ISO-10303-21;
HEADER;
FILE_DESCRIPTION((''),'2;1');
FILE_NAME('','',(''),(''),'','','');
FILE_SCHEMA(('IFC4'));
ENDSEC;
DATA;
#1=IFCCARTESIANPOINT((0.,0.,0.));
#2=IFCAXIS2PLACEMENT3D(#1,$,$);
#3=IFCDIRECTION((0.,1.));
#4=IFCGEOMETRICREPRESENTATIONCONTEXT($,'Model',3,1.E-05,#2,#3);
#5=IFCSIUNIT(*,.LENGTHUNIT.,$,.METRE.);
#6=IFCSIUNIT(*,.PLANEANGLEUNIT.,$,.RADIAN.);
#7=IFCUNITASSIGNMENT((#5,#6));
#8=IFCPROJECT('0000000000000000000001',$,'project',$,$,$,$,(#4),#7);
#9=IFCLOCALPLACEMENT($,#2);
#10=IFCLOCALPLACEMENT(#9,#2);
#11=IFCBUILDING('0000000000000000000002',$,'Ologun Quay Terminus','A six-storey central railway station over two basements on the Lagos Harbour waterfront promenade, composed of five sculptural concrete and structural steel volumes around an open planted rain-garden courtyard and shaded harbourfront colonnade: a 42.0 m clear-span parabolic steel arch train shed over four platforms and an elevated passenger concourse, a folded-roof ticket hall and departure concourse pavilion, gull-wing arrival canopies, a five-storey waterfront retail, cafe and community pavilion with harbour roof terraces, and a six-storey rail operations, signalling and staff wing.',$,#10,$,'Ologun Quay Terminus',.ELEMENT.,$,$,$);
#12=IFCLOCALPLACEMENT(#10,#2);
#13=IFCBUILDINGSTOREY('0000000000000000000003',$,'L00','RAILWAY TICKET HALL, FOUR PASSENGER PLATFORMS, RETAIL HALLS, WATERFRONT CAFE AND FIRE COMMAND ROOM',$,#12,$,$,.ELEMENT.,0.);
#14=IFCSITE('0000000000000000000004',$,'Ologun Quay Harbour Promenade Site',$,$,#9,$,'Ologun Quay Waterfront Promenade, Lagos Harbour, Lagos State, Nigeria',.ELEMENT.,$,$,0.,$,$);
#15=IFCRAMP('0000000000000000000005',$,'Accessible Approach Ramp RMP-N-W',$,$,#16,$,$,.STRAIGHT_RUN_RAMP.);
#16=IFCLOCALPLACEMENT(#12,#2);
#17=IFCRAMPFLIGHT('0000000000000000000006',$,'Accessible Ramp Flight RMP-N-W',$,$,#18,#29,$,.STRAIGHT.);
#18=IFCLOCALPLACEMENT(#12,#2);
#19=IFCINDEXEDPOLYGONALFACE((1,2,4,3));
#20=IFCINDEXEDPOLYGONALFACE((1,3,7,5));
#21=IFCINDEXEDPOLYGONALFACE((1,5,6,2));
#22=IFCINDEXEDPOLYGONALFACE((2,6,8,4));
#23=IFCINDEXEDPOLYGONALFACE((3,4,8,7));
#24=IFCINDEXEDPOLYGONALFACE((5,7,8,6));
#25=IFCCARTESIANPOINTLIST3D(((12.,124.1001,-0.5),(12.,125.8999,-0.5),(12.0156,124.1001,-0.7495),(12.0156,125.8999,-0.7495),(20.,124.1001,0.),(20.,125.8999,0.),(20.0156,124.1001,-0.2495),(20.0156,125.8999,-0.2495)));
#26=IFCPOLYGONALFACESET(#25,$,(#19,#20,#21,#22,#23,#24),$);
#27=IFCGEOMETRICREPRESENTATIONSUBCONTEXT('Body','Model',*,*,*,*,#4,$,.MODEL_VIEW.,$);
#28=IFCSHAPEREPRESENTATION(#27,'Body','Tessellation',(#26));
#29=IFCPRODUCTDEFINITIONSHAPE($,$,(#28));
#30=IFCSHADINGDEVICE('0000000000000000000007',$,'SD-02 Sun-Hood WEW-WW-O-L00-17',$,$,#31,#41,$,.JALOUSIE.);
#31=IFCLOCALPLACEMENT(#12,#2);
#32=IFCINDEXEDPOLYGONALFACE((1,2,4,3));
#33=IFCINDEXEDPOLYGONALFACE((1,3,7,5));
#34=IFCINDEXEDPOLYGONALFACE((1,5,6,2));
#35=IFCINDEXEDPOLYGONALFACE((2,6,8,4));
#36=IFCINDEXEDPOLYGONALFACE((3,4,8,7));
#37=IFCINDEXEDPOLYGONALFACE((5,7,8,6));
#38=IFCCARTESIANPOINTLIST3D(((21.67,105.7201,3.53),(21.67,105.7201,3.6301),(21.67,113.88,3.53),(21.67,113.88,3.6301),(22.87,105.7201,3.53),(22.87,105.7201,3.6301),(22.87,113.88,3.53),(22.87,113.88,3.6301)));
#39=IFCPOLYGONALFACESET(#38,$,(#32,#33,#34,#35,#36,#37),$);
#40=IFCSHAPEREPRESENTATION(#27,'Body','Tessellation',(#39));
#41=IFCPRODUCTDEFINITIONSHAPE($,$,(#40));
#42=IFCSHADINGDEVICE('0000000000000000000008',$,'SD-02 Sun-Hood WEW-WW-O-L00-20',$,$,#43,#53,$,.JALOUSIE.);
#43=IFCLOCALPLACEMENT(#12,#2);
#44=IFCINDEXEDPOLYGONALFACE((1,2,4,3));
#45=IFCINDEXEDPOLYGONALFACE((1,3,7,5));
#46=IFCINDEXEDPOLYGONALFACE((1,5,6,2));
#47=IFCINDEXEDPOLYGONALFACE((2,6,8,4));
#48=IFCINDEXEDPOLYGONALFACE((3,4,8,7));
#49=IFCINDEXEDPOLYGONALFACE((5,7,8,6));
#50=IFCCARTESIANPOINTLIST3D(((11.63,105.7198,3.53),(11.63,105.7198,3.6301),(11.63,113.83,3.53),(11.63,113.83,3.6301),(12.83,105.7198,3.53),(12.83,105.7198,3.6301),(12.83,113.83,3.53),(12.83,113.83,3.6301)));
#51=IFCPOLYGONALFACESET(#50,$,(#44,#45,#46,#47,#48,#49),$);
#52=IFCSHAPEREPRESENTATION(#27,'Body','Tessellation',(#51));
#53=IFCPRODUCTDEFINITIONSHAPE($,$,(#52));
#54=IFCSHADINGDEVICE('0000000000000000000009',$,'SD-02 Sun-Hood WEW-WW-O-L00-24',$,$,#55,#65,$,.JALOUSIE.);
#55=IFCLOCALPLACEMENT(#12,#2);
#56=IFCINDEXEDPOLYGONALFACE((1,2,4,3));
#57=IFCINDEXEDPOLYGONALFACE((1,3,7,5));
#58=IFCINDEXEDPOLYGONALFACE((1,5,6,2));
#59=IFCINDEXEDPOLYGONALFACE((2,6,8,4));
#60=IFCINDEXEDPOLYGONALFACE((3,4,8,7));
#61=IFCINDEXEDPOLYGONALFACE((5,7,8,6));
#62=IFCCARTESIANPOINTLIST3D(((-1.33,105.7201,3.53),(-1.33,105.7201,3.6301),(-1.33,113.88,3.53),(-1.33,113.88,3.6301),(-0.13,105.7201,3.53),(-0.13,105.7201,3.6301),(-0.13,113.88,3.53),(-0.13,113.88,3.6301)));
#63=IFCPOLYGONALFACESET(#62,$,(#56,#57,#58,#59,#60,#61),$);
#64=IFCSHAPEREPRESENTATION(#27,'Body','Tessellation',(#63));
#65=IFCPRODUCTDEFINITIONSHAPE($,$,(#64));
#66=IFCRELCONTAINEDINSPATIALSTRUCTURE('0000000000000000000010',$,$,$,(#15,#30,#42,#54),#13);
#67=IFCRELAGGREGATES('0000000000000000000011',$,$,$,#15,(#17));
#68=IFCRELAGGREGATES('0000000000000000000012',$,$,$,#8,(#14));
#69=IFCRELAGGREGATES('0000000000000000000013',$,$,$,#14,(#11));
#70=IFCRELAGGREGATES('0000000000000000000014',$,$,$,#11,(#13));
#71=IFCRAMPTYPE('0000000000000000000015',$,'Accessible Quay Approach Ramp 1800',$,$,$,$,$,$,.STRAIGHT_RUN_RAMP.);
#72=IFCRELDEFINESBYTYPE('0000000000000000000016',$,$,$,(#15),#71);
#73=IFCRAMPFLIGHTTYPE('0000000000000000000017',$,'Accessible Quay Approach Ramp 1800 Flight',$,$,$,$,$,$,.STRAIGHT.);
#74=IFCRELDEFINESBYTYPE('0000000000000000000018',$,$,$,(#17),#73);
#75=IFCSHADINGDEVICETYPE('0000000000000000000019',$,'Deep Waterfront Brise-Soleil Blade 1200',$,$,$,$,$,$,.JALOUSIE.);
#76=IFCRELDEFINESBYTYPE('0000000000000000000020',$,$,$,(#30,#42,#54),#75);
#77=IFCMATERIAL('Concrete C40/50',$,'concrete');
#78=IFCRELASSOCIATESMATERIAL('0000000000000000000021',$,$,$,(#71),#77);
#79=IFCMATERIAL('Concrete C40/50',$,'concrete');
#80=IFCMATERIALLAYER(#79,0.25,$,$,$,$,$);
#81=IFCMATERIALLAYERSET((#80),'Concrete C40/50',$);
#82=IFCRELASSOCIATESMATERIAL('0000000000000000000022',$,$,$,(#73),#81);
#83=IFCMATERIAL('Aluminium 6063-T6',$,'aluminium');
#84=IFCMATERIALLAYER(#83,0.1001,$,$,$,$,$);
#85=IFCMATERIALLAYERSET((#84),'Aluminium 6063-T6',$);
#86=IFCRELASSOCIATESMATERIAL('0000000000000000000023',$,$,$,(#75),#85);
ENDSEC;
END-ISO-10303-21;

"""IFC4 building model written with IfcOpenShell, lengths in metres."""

from ifc_helpers import new_model, si_unit, direction, frame, origin, origin_2d, place, context, subcontext, project, spatial, polyline, rectangle, outline, extrude, material, layer, layer_set, type_object, element, aggregate, save


model = new_model("IFC4")

# Units and contexts
model_context = context("Model", 3, precision=1e-05, world=origin(), true_north=direction((0.0, 1.0)))
body_context = subcontext(model_context, "Body", "Model", "MODEL_VIEW")
ifc_project = project(units=[si_unit("LENGTHUNIT", "METRE"), si_unit("PLANEANGLEUNIT", "RADIAN")], contexts=[model_context])

# Site, building, storey
site_placement = place(None, origin())
site = spatial("IfcSite", under=ifc_project, at=site_placement, Name="Ologun Quay Harbour Promenade Site", LongName="Ologun Quay Waterfront Promenade, Lagos Harbour, Lagos State, Nigeria", CompositionType="ELEMENT", RefElevation=0.0)
building_placement = place(site_placement, origin())
building = spatial("IfcBuilding", under=site, at=building_placement, Name="Ologun Quay Terminus", Description="A six-storey central railway station over two basements on the Lagos Harbour waterfront promenade, composed of five sculptural concrete and structural steel volumes around an open planted rain-garden courtyard and shaded harbourfront colonnade: a 42.0 m clear-span parabolic steel arch train shed over four platforms and an elevated passenger concourse, a folded-roof ticket hall and departure concourse pavilion, gull-wing arrival canopies, a five-storey waterfront retail, cafe and community pavilion with harbour roof terraces, and a six-storey rail operations, signalling and staff wing.", LongName="Ologun Quay Terminus", CompositionType="ELEMENT")
storey_placement = place(building_placement, origin())
storey = spatial("IfcBuildingStorey", under=building, at=storey_placement, Name="L00", Description="RAILWAY TICKET HALL, FOUR PASSENGER PLATFORMS, RETAIL HALLS, WATERFRONT CAFE AND FIRE COMMAND ROOM", CompositionType="ELEMENT", Elevation=0.0)

# Ramp, ramp flight
ifc_material_1 = material(Name="Concrete C40/50", Category="concrete")
ramp_type = type_object("IfcRampType", Name="Accessible Quay Approach Ramp 1800", PredefinedType="STRAIGHT_RUN_RAMP", material=ifc_material_1)
ramp_placement = place(storey_placement, origin())
ramp = element("IfcRamp", 1, at=ramp_placement, inside=storey, type_object=ramp_type, Name="Accessible Approach Ramp RMP-N-W", PredefinedType="STRAIGHT_RUN_RAMP")
ifc_material_2 = material(Name="Concrete C40/50", Category="concrete")
ifc_layer_1 = layer(ifc_material_2, 0.25)
ifc_layer_set_1 = layer_set([ifc_layer_1], Name="Concrete C40/50")
ramp_flight_type = type_object("IfcRampFlightType", Name="Accessible Quay Approach Ramp 1800 Flight", PredefinedType="STRAIGHT", material=ifc_layer_set_1)
ramp_flight_placement = place(storey_placement, frame((12.0, 124.1001, -0.5), z_axis=(-0.062378, 0.0, 0.998053), x_axis=(0.998053, 0.0, 0.062378)))
ramp_flight = element("IfcRampFlight", 2, at=ramp_flight_placement, type_object=ramp_flight_type, Name="Accessible Ramp Flight RMP-N-W", PredefinedType="STRAIGHT", context=body_context, shape_type="SweptSolid", body=[
    extrude(outline(polyline([(0.0, 0.0), (8.0156, 0.0), (8.0156, 1.7998), (0.0, 1.7998), (0.0, 0.0)])), origin(), (0.0, 0.0, -1.0), 0.25),
])
aggregate(ramp, [ramp_flight])

# Shading devices
ifc_material_3 = material(Name="Aluminium 6063-T6", Category="aluminium")
ifc_layer_2 = layer(ifc_material_3, 0.1001)
ifc_layer_set_2 = layer_set([ifc_layer_2], Name="Aluminium 6063-T6")
shading_device_type = type_object("IfcShadingDeviceType", Name="Deep Waterfront Brise-Soleil Blade 1200", PredefinedType="JALOUSIE", material=ifc_layer_set_2)
shading_device_1_placement = place(storey_placement, frame((22.27, 109.8, 3.53), z_axis=(0.0, 0.0, 1.0), x_axis=(1.0, 0.0, 0.0)))
element("IfcShadingDevice", 3, at=shading_device_1_placement, inside=storey, type_object=shading_device_type, Name="SD-02 Sun-Hood WEW-WW-O-L00-17", PredefinedType="JALOUSIE", context=body_context, shape_type="SweptSolid", body=[
    extrude(rectangle(XDim=1.2, YDim=8.1599, at=origin_2d()), origin(), (0.0, 0.0, 1.0), 0.1001),
])
shading_device_2_placement = place(storey_placement, frame((12.23, 109.7749, 3.53), z_axis=(0.0, 0.0, 1.0), x_axis=(1.0, 0.0, 0.0)))
element("IfcShadingDevice", 4, at=shading_device_2_placement, inside=storey, type_object=shading_device_type, Name="SD-02 Sun-Hood WEW-WW-O-L00-20", PredefinedType="JALOUSIE", context=body_context, shape_type="SweptSolid", body=[
    extrude(rectangle(XDim=1.2, YDim=8.1101, at=origin_2d()), origin(), (0.0, 0.0, 1.0), 0.1001),
])
shading_device_3_placement = place(storey_placement, frame((-0.73, 109.8, 3.53), z_axis=(0.0, 0.0, 1.0), x_axis=(1.0, 0.0, 0.0)))
element("IfcShadingDevice", 5, at=shading_device_3_placement, inside=storey, type_object=shading_device_type, Name="SD-02 Sun-Hood WEW-WW-O-L00-24", PredefinedType="JALOUSIE", context=body_context, shape_type="SweptSolid", body=[
    extrude(rectangle(XDim=1.2, YDim=8.1599, at=origin_2d()), origin(), (0.0, 0.0, 1.0), 0.1001),
])

save(model, "model.ifc")
